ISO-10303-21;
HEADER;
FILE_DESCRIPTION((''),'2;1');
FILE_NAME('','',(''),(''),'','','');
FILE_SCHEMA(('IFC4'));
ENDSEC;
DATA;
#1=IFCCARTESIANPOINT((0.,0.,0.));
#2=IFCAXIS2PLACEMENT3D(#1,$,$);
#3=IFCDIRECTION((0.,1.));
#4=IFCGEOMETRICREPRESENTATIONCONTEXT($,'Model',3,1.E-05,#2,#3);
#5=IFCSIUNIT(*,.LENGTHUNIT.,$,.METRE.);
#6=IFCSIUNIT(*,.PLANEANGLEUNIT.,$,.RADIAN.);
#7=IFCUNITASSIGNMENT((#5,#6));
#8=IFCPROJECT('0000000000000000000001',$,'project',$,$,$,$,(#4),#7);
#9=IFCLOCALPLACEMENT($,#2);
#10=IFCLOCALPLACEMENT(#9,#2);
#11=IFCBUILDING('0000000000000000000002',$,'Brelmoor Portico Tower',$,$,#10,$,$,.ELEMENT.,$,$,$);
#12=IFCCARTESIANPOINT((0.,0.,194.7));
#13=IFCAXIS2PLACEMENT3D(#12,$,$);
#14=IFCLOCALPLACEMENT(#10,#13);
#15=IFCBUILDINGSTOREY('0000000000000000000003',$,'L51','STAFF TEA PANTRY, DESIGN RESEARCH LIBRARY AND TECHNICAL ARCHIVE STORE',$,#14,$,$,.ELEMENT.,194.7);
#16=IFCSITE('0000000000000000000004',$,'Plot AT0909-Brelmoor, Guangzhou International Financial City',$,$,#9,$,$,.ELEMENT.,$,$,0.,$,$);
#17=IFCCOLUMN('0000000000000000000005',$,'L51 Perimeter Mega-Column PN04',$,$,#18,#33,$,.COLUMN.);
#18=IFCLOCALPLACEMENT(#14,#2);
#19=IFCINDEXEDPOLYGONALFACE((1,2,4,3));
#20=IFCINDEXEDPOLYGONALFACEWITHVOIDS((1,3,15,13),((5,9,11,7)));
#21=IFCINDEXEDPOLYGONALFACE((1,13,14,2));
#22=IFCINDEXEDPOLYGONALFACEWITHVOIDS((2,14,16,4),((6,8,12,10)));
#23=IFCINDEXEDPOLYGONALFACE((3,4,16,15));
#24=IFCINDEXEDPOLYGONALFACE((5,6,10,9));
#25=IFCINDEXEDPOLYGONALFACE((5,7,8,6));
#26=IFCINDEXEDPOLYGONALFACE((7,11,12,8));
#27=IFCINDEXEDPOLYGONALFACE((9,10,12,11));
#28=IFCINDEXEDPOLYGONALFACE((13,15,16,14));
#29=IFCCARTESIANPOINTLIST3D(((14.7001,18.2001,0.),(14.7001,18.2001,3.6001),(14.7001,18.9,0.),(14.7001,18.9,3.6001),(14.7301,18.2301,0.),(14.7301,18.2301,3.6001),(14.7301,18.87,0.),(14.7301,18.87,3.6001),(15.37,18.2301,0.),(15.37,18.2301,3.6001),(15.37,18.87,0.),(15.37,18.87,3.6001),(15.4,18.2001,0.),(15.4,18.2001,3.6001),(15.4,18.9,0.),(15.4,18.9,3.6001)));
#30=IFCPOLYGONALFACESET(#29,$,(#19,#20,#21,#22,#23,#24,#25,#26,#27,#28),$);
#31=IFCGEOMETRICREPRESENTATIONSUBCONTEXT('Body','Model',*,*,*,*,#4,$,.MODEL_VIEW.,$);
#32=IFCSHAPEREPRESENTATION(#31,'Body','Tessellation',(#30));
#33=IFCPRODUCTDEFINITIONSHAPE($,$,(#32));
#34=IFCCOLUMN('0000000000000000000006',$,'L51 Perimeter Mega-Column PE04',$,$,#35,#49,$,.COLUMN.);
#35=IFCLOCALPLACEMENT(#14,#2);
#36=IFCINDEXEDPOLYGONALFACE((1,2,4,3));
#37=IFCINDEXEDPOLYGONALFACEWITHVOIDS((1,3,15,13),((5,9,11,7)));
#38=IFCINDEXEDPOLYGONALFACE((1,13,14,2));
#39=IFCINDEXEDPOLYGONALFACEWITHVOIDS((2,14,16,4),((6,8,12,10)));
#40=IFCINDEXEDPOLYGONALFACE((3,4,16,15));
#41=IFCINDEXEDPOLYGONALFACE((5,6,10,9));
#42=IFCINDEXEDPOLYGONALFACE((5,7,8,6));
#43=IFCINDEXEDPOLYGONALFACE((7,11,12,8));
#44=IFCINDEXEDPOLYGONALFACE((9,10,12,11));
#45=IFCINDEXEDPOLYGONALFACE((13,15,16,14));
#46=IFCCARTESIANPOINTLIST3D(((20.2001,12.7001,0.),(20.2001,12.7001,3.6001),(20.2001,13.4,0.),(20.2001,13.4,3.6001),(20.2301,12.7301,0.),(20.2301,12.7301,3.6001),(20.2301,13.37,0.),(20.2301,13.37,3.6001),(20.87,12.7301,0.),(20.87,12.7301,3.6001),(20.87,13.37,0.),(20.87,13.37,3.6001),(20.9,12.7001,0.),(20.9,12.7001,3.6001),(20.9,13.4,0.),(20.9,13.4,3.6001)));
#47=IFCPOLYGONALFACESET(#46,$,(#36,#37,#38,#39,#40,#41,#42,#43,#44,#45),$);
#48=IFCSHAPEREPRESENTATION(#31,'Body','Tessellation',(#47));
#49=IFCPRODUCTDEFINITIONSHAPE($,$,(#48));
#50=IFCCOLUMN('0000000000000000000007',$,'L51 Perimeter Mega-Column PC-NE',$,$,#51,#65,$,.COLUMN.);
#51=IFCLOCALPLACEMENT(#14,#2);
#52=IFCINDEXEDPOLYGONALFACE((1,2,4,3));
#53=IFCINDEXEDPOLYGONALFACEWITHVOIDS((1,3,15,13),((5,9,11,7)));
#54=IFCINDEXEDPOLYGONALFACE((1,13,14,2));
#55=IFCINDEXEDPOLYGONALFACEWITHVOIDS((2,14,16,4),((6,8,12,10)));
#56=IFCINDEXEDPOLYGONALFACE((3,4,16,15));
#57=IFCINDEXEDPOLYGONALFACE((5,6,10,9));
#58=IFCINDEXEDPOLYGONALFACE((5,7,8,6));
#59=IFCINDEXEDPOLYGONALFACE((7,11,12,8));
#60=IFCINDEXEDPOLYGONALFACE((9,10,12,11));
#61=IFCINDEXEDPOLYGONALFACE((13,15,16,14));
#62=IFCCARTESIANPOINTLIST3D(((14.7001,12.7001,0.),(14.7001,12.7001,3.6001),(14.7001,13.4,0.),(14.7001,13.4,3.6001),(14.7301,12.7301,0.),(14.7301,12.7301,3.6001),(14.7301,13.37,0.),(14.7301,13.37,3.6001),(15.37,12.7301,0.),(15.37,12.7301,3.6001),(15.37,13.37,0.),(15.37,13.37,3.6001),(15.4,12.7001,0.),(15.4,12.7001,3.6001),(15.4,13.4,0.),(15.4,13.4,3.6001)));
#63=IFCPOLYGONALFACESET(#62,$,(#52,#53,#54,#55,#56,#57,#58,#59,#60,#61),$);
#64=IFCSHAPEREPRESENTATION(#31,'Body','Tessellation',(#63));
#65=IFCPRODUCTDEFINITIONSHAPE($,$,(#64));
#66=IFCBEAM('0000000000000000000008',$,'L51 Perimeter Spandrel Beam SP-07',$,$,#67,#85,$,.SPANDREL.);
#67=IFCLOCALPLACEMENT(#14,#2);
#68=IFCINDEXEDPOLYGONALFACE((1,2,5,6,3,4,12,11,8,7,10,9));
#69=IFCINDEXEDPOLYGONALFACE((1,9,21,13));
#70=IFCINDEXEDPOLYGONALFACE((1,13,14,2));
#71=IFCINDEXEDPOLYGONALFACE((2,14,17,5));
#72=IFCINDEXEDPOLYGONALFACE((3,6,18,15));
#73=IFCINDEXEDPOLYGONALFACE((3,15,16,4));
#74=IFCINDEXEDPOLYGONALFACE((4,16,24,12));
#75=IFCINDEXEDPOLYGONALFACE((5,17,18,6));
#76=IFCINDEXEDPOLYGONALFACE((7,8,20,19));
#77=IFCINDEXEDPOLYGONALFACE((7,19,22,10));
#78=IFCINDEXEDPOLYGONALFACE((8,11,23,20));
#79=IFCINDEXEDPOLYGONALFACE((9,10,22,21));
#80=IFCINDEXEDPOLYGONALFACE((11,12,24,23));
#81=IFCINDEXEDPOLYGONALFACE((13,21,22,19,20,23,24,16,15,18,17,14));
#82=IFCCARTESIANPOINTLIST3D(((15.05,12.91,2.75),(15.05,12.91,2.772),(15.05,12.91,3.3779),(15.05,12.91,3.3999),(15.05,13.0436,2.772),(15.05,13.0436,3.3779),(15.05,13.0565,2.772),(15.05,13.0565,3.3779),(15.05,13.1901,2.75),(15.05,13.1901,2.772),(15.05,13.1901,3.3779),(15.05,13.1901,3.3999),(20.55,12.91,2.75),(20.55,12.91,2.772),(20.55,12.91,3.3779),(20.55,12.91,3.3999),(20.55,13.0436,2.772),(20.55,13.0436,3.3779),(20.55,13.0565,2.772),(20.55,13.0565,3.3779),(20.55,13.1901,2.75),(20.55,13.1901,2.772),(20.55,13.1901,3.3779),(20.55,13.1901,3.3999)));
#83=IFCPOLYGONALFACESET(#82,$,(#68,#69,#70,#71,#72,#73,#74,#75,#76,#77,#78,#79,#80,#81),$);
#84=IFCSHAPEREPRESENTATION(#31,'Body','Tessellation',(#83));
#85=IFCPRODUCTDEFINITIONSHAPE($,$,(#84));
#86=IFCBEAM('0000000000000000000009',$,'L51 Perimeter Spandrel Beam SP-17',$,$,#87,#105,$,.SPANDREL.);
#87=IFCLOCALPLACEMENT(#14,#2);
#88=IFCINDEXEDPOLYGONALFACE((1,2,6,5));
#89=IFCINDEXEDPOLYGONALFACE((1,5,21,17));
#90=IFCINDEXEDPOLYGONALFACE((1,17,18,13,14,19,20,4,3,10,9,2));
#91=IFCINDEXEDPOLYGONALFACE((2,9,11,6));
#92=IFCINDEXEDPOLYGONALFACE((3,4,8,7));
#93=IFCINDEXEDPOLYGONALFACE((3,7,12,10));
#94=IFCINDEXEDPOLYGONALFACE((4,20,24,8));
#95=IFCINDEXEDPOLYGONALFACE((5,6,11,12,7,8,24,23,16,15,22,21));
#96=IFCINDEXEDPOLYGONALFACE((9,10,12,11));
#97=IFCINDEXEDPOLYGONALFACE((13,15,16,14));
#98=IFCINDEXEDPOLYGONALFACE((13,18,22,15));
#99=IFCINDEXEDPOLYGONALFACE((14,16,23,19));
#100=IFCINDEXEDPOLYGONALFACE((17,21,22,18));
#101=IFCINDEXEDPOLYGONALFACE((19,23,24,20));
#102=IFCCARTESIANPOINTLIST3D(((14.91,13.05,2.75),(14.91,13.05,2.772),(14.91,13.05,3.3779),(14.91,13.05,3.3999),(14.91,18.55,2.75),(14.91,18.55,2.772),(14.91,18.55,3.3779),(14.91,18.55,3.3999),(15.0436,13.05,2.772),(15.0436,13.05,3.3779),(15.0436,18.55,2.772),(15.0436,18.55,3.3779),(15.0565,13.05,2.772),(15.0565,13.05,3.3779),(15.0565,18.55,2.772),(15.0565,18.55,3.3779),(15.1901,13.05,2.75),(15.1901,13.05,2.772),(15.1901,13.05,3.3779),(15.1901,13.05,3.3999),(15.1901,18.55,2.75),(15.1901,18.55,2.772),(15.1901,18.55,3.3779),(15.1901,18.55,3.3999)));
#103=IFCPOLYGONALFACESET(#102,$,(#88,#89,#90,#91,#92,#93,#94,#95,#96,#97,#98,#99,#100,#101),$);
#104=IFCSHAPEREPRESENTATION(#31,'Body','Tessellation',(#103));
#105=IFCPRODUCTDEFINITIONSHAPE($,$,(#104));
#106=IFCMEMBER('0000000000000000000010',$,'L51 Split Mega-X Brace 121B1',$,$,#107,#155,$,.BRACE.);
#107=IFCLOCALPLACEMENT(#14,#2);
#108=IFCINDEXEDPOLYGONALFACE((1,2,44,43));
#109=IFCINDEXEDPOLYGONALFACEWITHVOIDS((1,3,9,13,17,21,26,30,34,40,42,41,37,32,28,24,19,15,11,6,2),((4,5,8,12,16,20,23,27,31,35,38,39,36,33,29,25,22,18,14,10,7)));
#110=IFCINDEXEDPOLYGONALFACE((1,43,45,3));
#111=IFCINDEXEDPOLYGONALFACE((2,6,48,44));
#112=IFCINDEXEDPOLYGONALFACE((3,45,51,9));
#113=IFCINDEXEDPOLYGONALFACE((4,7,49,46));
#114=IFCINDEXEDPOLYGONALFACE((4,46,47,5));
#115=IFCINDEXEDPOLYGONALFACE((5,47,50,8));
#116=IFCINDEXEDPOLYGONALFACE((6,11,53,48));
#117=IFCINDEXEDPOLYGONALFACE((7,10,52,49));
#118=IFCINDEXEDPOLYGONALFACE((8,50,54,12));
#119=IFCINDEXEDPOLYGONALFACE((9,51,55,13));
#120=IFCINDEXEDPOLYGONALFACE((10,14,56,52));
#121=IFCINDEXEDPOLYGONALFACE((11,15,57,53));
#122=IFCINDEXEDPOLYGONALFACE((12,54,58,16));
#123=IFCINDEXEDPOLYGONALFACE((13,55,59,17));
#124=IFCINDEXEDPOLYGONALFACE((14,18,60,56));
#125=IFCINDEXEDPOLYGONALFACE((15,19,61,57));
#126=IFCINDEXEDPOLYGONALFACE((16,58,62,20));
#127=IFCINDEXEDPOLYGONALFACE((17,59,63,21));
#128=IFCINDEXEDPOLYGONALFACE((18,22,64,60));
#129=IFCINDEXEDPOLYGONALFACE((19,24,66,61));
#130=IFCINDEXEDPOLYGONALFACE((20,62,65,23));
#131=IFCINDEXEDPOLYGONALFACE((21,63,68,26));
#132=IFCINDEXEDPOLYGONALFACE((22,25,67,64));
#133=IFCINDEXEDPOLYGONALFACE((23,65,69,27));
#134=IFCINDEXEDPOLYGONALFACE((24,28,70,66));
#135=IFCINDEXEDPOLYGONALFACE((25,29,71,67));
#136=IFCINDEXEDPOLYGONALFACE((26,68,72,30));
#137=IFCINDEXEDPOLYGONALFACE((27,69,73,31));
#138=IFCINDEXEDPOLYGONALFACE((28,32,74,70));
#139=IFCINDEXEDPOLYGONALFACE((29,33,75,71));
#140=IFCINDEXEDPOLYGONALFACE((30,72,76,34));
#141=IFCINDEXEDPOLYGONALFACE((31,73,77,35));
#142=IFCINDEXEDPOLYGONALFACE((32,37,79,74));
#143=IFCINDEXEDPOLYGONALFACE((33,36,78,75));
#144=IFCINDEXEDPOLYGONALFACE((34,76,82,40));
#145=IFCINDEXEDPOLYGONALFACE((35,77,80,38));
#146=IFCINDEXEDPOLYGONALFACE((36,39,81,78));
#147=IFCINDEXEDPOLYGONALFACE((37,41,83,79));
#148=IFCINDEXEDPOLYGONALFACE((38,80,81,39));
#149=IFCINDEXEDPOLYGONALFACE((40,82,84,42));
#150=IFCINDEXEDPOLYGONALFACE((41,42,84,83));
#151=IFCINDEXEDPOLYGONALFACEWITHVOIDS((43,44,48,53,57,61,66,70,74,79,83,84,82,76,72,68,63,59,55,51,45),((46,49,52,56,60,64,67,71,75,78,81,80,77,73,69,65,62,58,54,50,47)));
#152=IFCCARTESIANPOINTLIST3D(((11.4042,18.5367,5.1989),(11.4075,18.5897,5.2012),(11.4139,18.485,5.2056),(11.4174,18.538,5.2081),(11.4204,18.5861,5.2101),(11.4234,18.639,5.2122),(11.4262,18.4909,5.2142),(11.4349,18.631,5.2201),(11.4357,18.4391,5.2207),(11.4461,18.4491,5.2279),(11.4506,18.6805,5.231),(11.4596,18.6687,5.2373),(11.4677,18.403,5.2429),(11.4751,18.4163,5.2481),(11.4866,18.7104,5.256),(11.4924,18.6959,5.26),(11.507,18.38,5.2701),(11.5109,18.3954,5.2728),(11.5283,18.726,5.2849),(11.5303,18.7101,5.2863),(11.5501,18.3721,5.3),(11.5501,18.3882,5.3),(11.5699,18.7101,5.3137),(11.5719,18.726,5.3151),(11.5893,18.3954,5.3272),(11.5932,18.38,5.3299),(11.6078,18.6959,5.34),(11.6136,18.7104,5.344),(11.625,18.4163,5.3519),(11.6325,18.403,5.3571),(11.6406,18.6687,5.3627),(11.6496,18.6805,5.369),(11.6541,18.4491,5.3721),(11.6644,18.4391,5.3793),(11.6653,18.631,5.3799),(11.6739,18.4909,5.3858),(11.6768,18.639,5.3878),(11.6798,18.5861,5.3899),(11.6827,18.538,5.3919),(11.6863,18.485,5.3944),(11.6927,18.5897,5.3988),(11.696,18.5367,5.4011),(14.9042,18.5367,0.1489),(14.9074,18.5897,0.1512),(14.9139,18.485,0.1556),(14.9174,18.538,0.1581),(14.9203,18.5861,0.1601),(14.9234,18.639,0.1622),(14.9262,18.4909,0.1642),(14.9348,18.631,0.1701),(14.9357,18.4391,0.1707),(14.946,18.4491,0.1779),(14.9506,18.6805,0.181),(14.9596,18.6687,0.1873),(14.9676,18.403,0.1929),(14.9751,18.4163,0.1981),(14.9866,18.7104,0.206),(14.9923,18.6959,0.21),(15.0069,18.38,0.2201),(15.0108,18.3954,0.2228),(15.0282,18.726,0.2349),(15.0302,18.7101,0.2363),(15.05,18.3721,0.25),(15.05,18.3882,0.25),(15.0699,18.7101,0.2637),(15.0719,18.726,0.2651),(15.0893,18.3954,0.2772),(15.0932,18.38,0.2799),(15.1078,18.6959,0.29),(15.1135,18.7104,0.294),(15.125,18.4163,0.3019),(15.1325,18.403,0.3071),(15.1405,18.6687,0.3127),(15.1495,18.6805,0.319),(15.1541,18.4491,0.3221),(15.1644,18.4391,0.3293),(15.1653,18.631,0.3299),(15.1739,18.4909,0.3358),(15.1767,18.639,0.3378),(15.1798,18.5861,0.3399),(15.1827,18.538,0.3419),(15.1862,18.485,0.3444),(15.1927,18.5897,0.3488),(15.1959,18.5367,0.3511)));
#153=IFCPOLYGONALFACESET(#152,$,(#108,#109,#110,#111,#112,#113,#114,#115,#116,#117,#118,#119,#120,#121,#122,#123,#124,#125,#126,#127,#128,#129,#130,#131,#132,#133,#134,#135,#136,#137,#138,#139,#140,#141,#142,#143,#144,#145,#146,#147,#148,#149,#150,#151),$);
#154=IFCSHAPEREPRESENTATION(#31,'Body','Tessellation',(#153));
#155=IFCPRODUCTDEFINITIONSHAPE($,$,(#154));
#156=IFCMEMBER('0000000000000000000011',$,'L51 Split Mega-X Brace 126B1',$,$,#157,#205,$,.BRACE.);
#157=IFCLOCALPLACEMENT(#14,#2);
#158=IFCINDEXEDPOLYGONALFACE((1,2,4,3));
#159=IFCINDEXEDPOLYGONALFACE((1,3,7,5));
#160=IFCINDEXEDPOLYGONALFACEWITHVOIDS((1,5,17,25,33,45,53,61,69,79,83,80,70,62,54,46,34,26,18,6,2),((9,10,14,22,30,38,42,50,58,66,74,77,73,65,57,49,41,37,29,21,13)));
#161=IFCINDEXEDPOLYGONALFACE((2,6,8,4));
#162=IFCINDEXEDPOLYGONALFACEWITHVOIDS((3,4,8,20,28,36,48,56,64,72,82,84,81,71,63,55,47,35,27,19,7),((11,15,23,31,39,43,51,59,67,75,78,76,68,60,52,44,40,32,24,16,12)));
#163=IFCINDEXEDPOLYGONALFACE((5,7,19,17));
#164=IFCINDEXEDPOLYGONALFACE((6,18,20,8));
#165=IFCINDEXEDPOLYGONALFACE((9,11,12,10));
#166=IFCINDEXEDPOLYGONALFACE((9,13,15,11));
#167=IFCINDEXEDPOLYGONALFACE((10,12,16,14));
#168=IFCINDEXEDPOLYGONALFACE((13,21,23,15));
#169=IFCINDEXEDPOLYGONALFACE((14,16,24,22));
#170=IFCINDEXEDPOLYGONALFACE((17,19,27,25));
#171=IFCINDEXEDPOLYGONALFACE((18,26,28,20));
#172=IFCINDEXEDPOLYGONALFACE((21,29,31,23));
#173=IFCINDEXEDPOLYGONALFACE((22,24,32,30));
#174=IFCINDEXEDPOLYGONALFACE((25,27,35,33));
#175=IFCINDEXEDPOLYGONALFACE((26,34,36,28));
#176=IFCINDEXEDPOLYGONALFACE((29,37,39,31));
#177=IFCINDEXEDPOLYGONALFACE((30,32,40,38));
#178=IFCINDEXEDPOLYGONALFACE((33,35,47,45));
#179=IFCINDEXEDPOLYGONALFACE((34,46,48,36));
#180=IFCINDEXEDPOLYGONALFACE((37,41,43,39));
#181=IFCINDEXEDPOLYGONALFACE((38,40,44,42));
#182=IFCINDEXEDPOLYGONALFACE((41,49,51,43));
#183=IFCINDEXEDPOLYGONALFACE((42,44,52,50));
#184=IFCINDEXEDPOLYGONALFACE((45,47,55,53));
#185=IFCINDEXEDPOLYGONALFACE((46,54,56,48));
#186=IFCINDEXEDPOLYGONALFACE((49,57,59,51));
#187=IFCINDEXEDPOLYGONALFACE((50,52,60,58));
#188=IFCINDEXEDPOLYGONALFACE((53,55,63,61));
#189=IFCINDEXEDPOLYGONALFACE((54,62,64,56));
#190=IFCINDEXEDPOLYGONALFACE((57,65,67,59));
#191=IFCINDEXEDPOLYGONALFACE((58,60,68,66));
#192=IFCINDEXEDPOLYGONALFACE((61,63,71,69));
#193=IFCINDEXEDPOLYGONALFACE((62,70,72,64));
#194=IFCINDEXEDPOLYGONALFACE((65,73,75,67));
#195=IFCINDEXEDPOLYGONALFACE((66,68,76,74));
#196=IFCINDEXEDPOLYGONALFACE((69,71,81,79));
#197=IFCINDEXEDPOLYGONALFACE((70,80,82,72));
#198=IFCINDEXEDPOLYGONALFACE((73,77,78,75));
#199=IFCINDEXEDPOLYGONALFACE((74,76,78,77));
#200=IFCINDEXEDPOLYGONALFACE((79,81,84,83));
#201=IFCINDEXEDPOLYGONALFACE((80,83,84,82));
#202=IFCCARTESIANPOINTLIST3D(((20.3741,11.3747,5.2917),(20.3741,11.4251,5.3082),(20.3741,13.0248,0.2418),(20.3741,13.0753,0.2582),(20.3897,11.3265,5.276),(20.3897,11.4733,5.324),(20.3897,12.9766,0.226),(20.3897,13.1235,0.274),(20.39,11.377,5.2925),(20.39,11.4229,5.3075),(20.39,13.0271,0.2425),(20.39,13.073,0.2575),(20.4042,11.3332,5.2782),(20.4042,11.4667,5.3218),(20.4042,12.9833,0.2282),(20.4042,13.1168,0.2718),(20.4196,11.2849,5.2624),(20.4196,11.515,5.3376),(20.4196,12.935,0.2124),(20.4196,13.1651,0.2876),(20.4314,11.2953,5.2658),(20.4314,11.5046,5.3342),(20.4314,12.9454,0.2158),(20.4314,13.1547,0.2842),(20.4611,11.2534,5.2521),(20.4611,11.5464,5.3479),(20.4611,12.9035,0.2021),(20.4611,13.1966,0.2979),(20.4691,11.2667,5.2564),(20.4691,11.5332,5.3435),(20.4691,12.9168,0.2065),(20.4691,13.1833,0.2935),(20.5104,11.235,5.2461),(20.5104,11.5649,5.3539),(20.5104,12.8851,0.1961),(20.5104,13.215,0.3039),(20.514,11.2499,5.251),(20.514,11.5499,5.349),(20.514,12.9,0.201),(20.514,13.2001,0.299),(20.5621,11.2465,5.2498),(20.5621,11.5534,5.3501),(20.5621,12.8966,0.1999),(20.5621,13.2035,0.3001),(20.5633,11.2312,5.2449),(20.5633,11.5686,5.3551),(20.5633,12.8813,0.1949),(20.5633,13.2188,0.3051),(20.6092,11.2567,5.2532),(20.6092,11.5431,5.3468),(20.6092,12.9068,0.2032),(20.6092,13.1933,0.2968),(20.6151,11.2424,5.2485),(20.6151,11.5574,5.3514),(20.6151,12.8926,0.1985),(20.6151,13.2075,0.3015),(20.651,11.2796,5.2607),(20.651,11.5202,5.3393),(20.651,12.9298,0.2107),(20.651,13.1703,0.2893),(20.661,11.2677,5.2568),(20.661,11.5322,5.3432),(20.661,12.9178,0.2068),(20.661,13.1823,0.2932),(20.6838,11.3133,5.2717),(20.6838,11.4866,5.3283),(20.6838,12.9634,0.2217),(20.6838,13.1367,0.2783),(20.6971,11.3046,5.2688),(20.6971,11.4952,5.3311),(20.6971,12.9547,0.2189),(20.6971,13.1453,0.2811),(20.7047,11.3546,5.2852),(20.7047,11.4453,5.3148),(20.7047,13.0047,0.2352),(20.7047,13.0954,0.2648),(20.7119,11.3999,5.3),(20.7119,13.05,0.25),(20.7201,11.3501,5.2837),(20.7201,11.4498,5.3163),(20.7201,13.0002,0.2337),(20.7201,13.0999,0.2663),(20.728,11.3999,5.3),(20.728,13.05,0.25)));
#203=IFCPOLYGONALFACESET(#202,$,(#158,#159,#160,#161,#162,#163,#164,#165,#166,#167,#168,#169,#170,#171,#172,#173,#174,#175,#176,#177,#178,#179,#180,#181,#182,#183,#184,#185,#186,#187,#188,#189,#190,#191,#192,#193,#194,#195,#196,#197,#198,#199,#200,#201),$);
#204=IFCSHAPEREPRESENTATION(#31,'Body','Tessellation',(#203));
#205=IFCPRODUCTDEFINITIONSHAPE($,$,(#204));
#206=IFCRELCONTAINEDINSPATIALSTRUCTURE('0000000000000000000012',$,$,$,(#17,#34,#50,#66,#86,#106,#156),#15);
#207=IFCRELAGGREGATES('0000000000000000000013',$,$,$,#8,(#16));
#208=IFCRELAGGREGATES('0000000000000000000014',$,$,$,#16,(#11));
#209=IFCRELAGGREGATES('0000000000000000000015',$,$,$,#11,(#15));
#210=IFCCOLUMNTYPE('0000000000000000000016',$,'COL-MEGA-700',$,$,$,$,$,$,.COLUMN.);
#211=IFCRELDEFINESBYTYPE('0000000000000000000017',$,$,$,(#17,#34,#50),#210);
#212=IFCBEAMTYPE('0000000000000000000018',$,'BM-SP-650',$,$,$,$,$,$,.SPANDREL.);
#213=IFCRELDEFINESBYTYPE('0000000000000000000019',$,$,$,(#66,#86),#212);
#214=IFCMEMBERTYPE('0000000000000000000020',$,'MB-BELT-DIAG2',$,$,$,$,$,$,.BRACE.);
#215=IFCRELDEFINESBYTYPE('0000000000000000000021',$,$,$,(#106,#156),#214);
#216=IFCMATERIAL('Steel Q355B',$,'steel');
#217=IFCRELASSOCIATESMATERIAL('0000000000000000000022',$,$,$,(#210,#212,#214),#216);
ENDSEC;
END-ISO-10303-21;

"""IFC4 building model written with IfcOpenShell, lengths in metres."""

from ifc_helpers import new_model, si_unit, direction, frame, origin, origin_2d, place, context, subcontext, project, spatial, hollow_rectangle, hollow_circle, i_section, extrude, material, material_profile, profile_set, type_object, element, save


model = new_model("IFC4")

# Units and contexts
model_context = context("Model", 3, precision=1e-05, world=origin(), true_north=direction((0.0, 1.0)))
body_context = subcontext(model_context, "Body", "Model", "MODEL_VIEW")
ifc_project = project(units=[si_unit("LENGTHUNIT", "METRE"), si_unit("PLANEANGLEUNIT", "RADIAN")], contexts=[model_context])

# Site, building, storey
site_placement = place(None, origin())
site = spatial("IfcSite", under=ifc_project, at=site_placement, Name="Plot AT0909-Brelmoor, Guangzhou International Financial City", CompositionType="ELEMENT", RefElevation=0.0)
building_placement = place(site_placement, origin())
building = spatial("IfcBuilding", under=site, at=building_placement, Name="Brelmoor Portico Tower", CompositionType="ELEMENT")
storey_placement = place(building_placement, frame((0.0, 0.0, 194.7)))
storey = spatial("IfcBuildingStorey", under=building, at=storey_placement, Name="L51", Description="STAFF TEA PANTRY, DESIGN RESEARCH LIBRARY AND TECHNICAL ARCHIVE STORE", CompositionType="ELEMENT", Elevation=194.7)

# Columns
ifc_material_1 = material(Name="Steel Q355B", Category="steel")
ifc_material_profile_1 = material_profile(ifc_material_1, hollow_rectangle(XDim=0.7, YDim=0.7, WallThickness=0.03, at=origin_2d()), Name="BOX 700x700x30")
ifc_profile_set_1 = profile_set([ifc_material_profile_1], Name="Steel Q355B")
column_type = type_object("IfcColumnType", Name="COL-MEGA-700", PredefinedType="COLUMN", material=ifc_profile_set_1)
for number, where, z_axis, x_axis, name in (
    (1, (15.05, 18.55, 0.0), (0.0, 0.0, 1.0), (1.0, 0.0, 0.0), "L51 Perimeter Mega-Column PN04"),
    (2, (20.55, 13.05, 0.0), (0.0, 0.0, 1.0), (0.0, 1.0, 0.0), "L51 Perimeter Mega-Column PE04"),
    (3, (15.05, 13.05, 0.0), (0.0, 0.0, 1.0), (1.0, 0.0, 0.0), "L51 Perimeter Mega-Column PC-NE"),
):
    element("IfcColumn", number, at=place(storey_placement, frame(where, z_axis=z_axis, x_axis=x_axis)), inside=storey, type_object=column_type, Name=name, PredefinedType="COLUMN", context=body_context, shape_type="SweptSolid", body=[
        extrude(hollow_rectangle(XDim=0.7, YDim=0.7, WallThickness=0.03, at=origin_2d()), origin(), (0.0, 0.0, 1.0), 3.6001),
    ])

# Beams
ifc_material_profile_2 = material_profile(ifc_material_1, i_section(OverallWidth=0.28, OverallDepth=0.6499, WebThickness=0.0129, FlangeThickness=0.022, at=origin_2d()), Name="HN 650x280x13x22")
ifc_profile_set_2 = profile_set([ifc_material_profile_2], Name="Steel Q355B")
beam_type = type_object("IfcBeamType", Name="BM-SP-650", PredefinedType="SPANDREL", material=ifc_profile_set_2)
for number, where, z_axis, x_axis, name in (
    (4, (15.05, 13.05, 3.075), (1.0, 0.0, 0.0), (0.0, 1.0, 0.0), "L51 Perimeter Spandrel Beam SP-07"),
    (5, (15.05, 13.05, 3.075), (0.0, 1.0, 0.0), (-1.0, 0.0, 0.0), "L51 Perimeter Spandrel Beam SP-17"),
):
    element("IfcBeam", number, at=place(storey_placement, frame(where, z_axis=z_axis, x_axis=x_axis)), inside=storey, type_object=beam_type, Name=name, PredefinedType="SPANDREL", context=body_context, shape_type="SweptSolid", body=[
        extrude(i_section(OverallWidth=0.28, OverallDepth=0.6499, WebThickness=0.0129, FlangeThickness=0.022, at=origin_2d()), origin(), (0.0, 0.0, 1.0), 5.5),
    ])

# Members
ifc_material_profile_3 = material_profile(ifc_material_1, hollow_circle(Radius=0.178, WallThickness=0.0161, at=origin_2d()), Name="CHS 356x16")
ifc_profile_set_3 = profile_set([ifc_material_profile_3], Name="Steel Q355B")
member_type_1 = type_object("IfcMemberType", Name="MB-BELT-DIAG2", PredefinedType="BRACE", material=ifc_profile_set_3)
member_1_placement = place(storey_placement, frame((15.05, 18.55, 0.25), z_axis=(-0.569629, 0.0, 0.821902), x_axis=(0.0, -1.0, 0.0)))
element("IfcMember", 6, at=member_1_placement, inside=storey, type_object=member_type_1, Name="L51 Split Mega-X Brace 121B1", PredefinedType="BRACE", context=body_context, shape_type="SweptSolid", body=[
    extrude(hollow_circle(Radius=0.178, WallThickness=0.0161, at=origin_2d()), origin(), (0.0, 0.0, 1.0), 6.1443),
])
for number, where, z_axis, x_axis, name in (
    (7, (20.55, 13.05, 0.25), (0.0, -0.310598, 0.950542), (1.0, 0.0, 0.0), "L51 Split Mega-X Brace 126B1"),
):
    element("IfcMember", number, at=place(storey_placement, frame(where, z_axis=z_axis, x_axis=x_axis)), inside=storey, type_object=member_type_1, Name=name, PredefinedType="BRACE", context=body_context, shape_type="SweptSolid", body=[
        extrude(hollow_circle(Radius=0.178, WallThickness=0.0161, at=origin_2d()), origin(), (0.0, 0.0, 1.0), 5.3127),
    ])

save(model, "model.ifc")
